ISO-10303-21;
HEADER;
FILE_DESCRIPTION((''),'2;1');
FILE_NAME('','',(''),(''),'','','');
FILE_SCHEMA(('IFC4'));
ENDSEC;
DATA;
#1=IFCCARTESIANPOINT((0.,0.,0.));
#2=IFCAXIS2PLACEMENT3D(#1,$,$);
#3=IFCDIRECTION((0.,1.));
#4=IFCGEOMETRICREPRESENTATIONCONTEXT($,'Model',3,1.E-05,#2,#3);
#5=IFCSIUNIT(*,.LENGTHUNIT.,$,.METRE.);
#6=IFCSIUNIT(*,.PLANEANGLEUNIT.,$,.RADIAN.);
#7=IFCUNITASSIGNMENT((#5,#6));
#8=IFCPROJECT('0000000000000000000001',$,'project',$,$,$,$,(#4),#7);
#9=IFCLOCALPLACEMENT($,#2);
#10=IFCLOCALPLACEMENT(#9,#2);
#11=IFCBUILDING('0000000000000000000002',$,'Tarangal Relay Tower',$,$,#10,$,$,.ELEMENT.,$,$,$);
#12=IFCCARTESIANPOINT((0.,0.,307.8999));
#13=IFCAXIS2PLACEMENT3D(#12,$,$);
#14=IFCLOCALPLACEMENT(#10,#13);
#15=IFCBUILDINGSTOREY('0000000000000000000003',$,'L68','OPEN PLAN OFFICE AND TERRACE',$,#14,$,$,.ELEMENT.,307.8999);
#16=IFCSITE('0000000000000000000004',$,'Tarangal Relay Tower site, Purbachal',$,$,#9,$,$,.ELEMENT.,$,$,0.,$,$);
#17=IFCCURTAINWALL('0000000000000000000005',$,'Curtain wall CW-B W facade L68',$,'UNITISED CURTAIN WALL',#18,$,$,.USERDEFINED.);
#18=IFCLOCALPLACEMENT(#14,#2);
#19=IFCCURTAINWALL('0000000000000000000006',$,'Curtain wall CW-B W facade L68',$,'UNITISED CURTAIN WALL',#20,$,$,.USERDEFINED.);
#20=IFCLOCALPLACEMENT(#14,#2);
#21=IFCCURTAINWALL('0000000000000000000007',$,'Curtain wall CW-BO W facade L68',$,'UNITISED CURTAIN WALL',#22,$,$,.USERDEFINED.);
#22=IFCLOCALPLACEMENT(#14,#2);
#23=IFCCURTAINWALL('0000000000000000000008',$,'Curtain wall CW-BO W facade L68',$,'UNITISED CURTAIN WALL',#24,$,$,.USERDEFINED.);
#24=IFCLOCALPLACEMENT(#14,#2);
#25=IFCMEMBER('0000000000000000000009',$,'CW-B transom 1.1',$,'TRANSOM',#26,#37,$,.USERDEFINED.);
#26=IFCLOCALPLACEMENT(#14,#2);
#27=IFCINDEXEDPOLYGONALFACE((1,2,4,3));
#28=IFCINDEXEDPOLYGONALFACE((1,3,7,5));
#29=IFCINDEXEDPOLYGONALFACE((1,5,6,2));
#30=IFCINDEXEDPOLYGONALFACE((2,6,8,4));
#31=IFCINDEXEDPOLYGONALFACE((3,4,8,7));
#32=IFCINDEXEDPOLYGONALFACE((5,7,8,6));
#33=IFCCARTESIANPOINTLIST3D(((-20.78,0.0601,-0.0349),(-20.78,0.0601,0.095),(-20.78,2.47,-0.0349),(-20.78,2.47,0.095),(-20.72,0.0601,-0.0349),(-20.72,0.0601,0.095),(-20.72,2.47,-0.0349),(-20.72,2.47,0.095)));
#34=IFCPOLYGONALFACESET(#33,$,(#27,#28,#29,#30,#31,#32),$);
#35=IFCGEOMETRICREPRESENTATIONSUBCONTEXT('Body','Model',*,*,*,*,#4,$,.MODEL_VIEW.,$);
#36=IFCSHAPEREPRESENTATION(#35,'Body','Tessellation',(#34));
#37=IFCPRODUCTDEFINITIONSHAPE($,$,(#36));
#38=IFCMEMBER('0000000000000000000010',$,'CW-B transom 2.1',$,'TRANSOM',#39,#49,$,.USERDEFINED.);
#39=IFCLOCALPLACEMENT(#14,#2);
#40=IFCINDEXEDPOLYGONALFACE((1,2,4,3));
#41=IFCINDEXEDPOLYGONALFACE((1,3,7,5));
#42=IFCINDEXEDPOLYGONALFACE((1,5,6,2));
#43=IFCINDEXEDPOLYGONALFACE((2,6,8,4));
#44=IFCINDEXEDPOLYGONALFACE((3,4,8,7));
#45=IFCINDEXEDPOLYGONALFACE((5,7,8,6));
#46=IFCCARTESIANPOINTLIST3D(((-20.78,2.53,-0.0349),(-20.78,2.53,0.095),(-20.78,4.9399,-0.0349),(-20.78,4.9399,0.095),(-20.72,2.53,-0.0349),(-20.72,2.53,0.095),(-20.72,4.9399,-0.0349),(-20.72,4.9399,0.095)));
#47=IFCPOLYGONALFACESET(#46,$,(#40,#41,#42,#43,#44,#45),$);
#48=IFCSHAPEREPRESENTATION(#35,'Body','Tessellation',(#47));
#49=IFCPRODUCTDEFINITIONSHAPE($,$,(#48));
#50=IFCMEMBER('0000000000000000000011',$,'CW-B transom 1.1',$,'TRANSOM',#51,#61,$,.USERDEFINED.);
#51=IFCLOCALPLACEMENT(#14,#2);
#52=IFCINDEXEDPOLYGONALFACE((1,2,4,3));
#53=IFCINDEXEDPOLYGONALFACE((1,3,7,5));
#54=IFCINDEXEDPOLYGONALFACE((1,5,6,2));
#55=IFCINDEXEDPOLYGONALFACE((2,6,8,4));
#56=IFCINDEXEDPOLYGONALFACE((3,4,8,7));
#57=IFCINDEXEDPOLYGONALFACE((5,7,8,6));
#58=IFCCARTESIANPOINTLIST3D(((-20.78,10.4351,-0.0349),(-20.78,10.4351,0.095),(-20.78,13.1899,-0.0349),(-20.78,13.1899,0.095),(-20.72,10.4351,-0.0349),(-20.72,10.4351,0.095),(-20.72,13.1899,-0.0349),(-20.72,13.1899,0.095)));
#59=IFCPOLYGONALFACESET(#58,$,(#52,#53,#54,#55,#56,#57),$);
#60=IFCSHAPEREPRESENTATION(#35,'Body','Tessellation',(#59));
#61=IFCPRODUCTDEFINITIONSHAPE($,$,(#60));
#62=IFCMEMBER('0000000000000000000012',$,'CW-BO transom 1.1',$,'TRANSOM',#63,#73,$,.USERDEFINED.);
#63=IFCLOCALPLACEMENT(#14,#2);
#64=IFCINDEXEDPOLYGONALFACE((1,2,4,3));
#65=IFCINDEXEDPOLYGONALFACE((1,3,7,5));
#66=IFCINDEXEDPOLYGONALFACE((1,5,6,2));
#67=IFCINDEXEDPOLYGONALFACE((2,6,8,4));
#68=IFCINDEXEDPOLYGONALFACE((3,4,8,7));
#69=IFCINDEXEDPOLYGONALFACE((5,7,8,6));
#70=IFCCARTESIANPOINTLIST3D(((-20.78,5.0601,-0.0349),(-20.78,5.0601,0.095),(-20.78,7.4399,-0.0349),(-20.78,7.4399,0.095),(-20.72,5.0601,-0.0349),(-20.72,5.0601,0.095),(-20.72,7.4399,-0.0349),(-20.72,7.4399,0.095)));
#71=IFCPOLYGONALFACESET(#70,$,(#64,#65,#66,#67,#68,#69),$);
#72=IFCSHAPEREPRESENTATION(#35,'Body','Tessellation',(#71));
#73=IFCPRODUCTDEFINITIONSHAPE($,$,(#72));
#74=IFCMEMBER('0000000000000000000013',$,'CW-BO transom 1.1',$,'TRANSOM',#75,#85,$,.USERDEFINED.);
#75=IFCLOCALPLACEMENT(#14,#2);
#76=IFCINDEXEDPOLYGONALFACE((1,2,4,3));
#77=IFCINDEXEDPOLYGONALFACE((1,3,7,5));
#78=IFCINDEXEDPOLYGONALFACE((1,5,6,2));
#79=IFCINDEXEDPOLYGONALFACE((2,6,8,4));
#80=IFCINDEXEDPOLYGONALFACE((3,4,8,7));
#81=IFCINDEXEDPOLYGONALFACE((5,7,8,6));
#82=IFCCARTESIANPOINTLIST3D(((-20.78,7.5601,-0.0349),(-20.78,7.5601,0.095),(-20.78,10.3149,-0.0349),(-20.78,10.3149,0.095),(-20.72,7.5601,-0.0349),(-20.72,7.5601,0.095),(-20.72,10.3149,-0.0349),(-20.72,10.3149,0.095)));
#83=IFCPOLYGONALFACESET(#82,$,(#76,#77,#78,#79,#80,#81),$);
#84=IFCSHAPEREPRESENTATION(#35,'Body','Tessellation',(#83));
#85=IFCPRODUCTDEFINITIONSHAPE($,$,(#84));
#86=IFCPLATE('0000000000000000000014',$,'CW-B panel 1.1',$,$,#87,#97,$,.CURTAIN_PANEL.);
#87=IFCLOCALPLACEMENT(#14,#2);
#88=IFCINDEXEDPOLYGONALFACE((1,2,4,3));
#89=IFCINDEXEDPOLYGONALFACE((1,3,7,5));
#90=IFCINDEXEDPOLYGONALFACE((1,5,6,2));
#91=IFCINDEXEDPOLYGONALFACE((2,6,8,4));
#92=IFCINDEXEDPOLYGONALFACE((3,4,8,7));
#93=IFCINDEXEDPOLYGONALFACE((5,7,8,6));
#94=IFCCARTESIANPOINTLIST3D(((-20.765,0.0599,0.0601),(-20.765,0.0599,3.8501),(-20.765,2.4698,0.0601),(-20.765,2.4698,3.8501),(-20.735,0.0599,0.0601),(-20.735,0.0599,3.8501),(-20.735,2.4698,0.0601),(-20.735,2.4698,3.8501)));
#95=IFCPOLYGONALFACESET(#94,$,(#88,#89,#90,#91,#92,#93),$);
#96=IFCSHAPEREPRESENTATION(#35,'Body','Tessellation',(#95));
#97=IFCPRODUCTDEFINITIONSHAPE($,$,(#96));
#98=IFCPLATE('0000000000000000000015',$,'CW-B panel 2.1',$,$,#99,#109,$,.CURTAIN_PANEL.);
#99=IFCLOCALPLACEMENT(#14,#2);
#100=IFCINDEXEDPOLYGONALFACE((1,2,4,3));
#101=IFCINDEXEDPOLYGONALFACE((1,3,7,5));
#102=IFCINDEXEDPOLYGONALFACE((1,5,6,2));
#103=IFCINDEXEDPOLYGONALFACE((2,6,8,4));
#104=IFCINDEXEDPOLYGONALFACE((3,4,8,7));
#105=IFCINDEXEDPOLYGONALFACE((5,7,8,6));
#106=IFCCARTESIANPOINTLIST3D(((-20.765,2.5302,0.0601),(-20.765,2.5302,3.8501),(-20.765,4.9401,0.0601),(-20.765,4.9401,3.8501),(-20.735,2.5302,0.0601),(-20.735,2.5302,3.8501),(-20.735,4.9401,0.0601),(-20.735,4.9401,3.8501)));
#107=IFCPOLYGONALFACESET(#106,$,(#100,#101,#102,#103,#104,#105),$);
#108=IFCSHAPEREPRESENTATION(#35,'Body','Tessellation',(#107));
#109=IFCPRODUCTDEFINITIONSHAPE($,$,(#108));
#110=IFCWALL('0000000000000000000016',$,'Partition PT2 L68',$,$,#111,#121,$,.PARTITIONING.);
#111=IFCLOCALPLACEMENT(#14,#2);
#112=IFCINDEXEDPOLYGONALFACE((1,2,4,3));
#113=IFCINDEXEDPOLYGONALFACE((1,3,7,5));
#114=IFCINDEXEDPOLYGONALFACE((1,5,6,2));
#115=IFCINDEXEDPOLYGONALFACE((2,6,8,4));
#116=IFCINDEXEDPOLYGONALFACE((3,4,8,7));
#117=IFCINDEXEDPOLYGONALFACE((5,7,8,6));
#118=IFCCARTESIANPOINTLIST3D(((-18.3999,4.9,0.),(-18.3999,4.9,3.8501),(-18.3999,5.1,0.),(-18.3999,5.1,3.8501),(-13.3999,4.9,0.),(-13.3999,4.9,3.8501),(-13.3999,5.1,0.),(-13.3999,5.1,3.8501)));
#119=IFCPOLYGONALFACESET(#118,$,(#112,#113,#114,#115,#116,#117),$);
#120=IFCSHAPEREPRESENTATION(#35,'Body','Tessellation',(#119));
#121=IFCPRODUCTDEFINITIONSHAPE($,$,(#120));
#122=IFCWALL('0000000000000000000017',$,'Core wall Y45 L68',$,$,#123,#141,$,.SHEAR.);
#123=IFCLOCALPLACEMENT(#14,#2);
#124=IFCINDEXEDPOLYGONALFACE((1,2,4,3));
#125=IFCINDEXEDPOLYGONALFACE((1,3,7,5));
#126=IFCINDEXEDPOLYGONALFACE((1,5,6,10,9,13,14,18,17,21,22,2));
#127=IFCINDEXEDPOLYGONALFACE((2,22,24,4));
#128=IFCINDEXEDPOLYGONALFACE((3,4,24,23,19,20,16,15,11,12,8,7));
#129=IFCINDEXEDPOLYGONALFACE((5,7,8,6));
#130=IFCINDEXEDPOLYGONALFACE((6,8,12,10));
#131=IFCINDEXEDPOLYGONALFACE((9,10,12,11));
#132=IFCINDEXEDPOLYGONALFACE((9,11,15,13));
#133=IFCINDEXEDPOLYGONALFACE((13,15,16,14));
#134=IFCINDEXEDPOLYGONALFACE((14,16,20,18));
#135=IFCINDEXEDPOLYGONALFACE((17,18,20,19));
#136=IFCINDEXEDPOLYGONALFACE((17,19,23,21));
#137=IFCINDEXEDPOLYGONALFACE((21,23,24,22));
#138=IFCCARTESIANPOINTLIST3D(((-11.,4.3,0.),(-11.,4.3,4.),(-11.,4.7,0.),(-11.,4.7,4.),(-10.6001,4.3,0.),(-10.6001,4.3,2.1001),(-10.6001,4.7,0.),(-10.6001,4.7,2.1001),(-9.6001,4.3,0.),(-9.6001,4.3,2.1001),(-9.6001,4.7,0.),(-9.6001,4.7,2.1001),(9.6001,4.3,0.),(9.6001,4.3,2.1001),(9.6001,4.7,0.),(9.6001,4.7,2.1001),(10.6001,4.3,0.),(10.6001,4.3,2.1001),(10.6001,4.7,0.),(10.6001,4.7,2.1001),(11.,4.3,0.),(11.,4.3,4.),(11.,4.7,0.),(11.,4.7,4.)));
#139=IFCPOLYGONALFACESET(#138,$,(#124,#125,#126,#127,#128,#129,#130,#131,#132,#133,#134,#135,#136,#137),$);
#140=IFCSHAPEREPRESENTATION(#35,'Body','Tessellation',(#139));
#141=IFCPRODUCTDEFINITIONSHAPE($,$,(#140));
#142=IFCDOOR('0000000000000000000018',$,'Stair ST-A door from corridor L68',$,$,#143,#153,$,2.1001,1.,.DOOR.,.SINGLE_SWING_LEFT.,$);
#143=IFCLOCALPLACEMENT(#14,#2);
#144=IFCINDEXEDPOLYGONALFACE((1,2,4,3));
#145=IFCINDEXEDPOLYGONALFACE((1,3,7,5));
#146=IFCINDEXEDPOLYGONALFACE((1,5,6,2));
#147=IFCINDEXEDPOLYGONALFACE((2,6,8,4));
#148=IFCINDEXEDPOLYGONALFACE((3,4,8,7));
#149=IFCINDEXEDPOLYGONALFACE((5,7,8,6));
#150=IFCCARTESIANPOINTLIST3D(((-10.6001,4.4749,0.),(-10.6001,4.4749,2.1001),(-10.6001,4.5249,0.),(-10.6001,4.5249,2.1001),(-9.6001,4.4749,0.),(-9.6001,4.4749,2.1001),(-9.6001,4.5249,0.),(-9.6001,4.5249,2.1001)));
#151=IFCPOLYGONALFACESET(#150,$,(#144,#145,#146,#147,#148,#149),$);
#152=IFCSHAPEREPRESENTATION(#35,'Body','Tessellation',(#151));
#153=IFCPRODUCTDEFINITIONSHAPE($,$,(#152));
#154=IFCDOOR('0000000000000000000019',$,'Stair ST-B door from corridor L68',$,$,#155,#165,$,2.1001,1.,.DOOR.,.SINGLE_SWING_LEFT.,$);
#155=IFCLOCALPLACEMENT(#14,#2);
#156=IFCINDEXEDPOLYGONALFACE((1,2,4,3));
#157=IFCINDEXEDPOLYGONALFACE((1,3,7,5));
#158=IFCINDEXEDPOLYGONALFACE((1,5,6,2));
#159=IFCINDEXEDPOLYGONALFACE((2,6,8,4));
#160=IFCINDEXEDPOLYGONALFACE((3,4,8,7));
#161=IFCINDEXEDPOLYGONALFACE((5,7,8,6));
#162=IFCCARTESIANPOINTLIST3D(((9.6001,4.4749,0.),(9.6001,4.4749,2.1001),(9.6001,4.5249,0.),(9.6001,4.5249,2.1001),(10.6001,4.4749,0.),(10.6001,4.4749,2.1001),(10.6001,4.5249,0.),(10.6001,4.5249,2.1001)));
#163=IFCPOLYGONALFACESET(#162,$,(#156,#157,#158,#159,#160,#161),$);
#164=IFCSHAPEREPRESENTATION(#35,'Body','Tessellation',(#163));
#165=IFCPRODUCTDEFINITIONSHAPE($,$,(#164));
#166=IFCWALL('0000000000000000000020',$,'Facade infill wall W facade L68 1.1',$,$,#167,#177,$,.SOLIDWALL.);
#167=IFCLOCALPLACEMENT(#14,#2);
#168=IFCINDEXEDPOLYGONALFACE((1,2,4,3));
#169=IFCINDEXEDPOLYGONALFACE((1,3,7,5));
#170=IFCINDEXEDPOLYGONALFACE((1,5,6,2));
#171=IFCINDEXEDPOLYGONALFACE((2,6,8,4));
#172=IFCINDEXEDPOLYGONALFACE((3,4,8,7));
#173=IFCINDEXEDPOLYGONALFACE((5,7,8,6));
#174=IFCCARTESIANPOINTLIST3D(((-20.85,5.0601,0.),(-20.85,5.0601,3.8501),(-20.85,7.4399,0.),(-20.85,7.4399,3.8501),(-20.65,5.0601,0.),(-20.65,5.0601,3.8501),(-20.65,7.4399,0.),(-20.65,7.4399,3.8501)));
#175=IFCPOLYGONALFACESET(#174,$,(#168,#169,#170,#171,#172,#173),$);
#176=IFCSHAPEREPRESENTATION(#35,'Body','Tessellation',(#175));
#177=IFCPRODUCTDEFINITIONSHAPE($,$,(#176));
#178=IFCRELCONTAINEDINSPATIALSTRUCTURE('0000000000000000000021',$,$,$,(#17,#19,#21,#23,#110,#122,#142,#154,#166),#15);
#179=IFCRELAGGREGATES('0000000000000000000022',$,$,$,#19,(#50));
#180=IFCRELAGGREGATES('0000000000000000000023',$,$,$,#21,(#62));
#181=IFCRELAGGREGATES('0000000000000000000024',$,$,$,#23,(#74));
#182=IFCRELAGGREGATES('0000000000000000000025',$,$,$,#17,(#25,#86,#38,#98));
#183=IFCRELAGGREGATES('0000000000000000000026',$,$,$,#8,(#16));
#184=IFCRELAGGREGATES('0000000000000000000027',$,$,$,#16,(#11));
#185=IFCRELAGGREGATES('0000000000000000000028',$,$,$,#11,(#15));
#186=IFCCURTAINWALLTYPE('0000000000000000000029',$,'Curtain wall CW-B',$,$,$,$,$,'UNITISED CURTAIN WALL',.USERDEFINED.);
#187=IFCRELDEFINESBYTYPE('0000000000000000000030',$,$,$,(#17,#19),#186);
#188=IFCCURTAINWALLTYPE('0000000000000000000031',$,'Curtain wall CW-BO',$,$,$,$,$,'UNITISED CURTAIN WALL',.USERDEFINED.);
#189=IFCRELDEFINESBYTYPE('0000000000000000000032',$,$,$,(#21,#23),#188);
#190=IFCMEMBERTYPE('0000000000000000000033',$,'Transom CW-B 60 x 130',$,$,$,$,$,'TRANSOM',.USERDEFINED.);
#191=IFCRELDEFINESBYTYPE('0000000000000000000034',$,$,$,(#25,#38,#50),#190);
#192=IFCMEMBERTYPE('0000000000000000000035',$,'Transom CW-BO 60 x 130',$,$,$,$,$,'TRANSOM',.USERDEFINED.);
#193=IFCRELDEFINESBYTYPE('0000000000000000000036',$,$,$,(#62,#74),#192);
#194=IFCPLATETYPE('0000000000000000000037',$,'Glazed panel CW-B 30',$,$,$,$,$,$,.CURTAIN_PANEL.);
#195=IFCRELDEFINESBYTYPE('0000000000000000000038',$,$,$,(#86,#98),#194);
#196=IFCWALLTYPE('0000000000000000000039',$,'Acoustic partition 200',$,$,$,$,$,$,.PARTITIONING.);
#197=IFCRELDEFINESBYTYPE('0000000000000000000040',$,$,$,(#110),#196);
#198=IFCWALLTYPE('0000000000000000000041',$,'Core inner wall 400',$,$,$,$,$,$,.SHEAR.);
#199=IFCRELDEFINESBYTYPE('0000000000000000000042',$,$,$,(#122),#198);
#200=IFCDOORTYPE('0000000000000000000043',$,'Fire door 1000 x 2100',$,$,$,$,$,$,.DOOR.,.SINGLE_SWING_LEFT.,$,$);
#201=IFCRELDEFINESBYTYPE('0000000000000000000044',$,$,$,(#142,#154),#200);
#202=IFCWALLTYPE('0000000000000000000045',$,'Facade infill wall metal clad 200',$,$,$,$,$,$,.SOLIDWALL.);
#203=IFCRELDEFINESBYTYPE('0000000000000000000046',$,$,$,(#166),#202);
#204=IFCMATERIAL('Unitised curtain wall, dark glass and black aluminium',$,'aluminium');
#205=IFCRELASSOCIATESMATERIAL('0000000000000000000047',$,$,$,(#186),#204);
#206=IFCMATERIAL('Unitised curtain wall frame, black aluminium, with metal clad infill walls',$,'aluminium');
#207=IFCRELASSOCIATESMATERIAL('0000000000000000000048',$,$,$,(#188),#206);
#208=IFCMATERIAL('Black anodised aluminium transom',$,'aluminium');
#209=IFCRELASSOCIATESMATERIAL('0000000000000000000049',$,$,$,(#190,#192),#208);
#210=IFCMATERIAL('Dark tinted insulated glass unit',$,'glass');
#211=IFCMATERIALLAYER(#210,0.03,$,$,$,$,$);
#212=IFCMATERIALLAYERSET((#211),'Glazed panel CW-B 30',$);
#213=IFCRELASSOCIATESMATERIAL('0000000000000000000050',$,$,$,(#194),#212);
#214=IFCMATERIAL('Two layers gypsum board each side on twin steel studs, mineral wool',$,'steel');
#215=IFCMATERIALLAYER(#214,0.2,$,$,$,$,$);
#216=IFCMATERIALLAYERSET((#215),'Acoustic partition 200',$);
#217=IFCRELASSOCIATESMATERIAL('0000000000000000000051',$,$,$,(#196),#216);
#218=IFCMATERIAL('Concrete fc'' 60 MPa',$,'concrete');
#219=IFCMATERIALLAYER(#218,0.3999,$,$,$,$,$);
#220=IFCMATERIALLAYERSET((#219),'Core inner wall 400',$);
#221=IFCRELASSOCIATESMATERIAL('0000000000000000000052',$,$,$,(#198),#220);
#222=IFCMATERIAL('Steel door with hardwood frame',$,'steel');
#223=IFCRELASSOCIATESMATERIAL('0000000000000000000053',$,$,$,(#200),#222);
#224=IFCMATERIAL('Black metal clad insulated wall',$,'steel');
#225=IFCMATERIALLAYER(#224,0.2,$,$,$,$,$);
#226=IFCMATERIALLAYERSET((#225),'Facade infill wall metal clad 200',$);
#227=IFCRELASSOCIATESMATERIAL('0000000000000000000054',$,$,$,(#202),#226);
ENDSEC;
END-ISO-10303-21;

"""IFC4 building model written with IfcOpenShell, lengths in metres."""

from ifc_helpers import new_model, si_unit, direction, frame, frame_2d, origin, origin_2d, place, context, subcontext, project, spatial, rectangle, extrude, material, layer, layer_set, material_profile, profile_set, type_object, element, fill, aggregate, save


model = new_model("IFC4")

# Units and contexts
model_context = context("Model", 3, precision=1e-05, world=origin(), true_north=direction((0.0, 1.0)))
body_context = subcontext(model_context, "Body", "Model", "MODEL_VIEW")
ifc_project = project(units=[si_unit("LENGTHUNIT", "METRE"), si_unit("PLANEANGLEUNIT", "RADIAN")], contexts=[model_context])

# Site, building, storey
site_placement = place(None, origin())
site = spatial("IfcSite", under=ifc_project, at=site_placement, Name="Tarangal Relay Tower site, Purbachal", CompositionType="ELEMENT", RefElevation=0.0)
building_placement = place(site_placement, origin())
building = spatial("IfcBuilding", under=site, at=building_placement, Name="Tarangal Relay Tower", CompositionType="ELEMENT")
storey_placement = place(building_placement, frame((0.0, 0.0, 307.8999)))
storey = spatial("IfcBuildingStorey", under=building, at=storey_placement, Name="L68", Description="OPEN PLAN OFFICE AND TERRACE", CompositionType="ELEMENT", Elevation=307.8999)

# Curtain wall
ifc_material_1 = material(Name="Unitised curtain wall, dark glass and black aluminium", Category="aluminium")
curtain_wall_type_1 = type_object("IfcCurtainWallType", Name="Curtain wall CW-B", ElementType="UNITISED CURTAIN WALL", PredefinedType="USERDEFINED", material=ifc_material_1)
curtain_wall_1_placement = place(storey_placement, origin())
curtain_wall_1 = element("IfcCurtainWall", 1, at=curtain_wall_1_placement, inside=storey, type_object=curtain_wall_type_1, Name="Curtain wall CW-B W facade L68", ObjectType="UNITISED CURTAIN WALL", PredefinedType="USERDEFINED")

# Curtain wall
curtain_wall_2_placement = place(storey_placement, origin())
curtain_wall_2 = element("IfcCurtainWall", 2, at=curtain_wall_2_placement, inside=storey, type_object=curtain_wall_type_1, Name="Curtain wall CW-B W facade L68", ObjectType="UNITISED CURTAIN WALL", PredefinedType="USERDEFINED")

# Curtain walls
ifc_material_2 = material(Name="Unitised curtain wall frame, black aluminium, with metal clad infill walls", Category="aluminium")
curtain_wall_type_2 = type_object("IfcCurtainWallType", Name="Curtain wall CW-BO", ElementType="UNITISED CURTAIN WALL", PredefinedType="USERDEFINED", material=ifc_material_2)
curtain_wall_3_placement = place(storey_placement, origin())
curtain_wall_3 = element("IfcCurtainWall", 3, at=curtain_wall_3_placement, inside=storey, type_object=curtain_wall_type_2, Name="Curtain wall CW-BO W facade L68", ObjectType="UNITISED CURTAIN WALL", PredefinedType="USERDEFINED")
curtain_wall_4_placement = place(storey_placement, origin())
curtain_wall_4 = element("IfcCurtainWall", 4, at=curtain_wall_4_placement, inside=storey, type_object=curtain_wall_type_2, Name="Curtain wall CW-BO W facade L68", ObjectType="UNITISED CURTAIN WALL", PredefinedType="USERDEFINED")

# Members
ifc_material_3 = material(Name="Black anodised aluminium transom", Category="aluminium")
ifc_material_profile_1 = material_profile(ifc_material_3, rectangle(XDim=0.0601, YDim=0.1299, at=origin_2d()), Name="CW-BT 60X130")
ifc_profile_set_1 = profile_set([ifc_material_profile_1], Name="Black anodised aluminium transom")
member_type_1 = type_object("IfcMemberType", Name="Transom CW-B 60 x 130", ElementType="TRANSOM", PredefinedType="USERDEFINED", material=ifc_profile_set_1)
member_1_placement = place(storey_placement, frame((-20.75, 0.0601, 0.03), z_axis=(0.0, 1.0, 0.0), x_axis=(-1.0, 0.0, 0.0)))
member_1 = element("IfcMember", 5, at=member_1_placement, type_object=member_type_1, Name="CW-B transom 1.1", ObjectType="TRANSOM", PredefinedType="USERDEFINED", context=body_context, shape_type="SweptSolid", body=[
    extrude(rectangle(XDim=0.0601, YDim=0.1299, at=origin_2d()), origin(), (0.0, 0.0, 1.0), 2.4099),
])
member_2_placement = place(storey_placement, frame((-20.75, 2.53, 0.03), z_axis=(0.0, 1.0, 0.0), x_axis=(-1.0, 0.0, 0.0)))
member_2 = element("IfcMember", 6, at=member_2_placement, type_object=member_type_1, Name="CW-B transom 2.1", ObjectType="TRANSOM", PredefinedType="USERDEFINED", context=body_context, shape_type="SweptSolid", body=[
    extrude(rectangle(XDim=0.0601, YDim=0.1299, at=origin_2d()), origin(), (0.0, 0.0, 1.0), 2.4099),
])
member_3_placement = place(storey_placement, frame((-20.75, 10.4351, 0.03), z_axis=(0.0, 1.0, 0.0), x_axis=(-1.0, 0.0, 0.0)))
member_3 = element("IfcMember", 7, at=member_3_placement, type_object=member_type_1, Name="CW-B transom 1.1", ObjectType="TRANSOM", PredefinedType="USERDEFINED", context=body_context, shape_type="SweptSolid", body=[
    extrude(rectangle(XDim=0.0601, YDim=0.1299, at=origin_2d()), origin(), (0.0, 0.0, 1.0), 2.7549),
])
aggregate(curtain_wall_2, [member_3])
ifc_material_profile_2 = material_profile(ifc_material_3, rectangle(XDim=0.0601, YDim=0.1299, at=origin_2d()), Name="CW-BOT 60X130")
ifc_profile_set_2 = profile_set([ifc_material_profile_2], Name="Black anodised aluminium transom")
member_type_2 = type_object("IfcMemberType", Name="Transom CW-BO 60 x 130", ElementType="TRANSOM", PredefinedType="USERDEFINED", material=ifc_profile_set_2)
member_4_placement = place(storey_placement, frame((-20.75, 5.0601, 0.03), z_axis=(0.0, 1.0, 0.0), x_axis=(-1.0, 0.0, 0.0)))
member_4 = element("IfcMember", 8, at=member_4_placement, type_object=member_type_2, Name="CW-BO transom 1.1", ObjectType="TRANSOM", PredefinedType="USERDEFINED", context=body_context, shape_type="SweptSolid", body=[
    extrude(rectangle(XDim=0.0601, YDim=0.1299, at=origin_2d()), origin(), (0.0, 0.0, 1.0), 2.3799),
])
aggregate(curtain_wall_3, [member_4])
member_5_placement = place(storey_placement, frame((-20.75, 7.5601, 0.03), z_axis=(0.0, 1.0, 0.0), x_axis=(-1.0, 0.0, 0.0)))
member_5 = element("IfcMember", 9, at=member_5_placement, type_object=member_type_2, Name="CW-BO transom 1.1", ObjectType="TRANSOM", PredefinedType="USERDEFINED", context=body_context, shape_type="SweptSolid", body=[
    extrude(rectangle(XDim=0.0601, YDim=0.1299, at=origin_2d()), origin(), (0.0, 0.0, 1.0), 2.7549),
])
aggregate(curtain_wall_4, [member_5])

# Plates
ifc_material_4 = material(Name="Dark tinted insulated glass unit", Category="glass")
ifc_layer_1 = layer(ifc_material_4, 0.03)
ifc_layer_set_1 = layer_set([ifc_layer_1], Name="Glazed panel CW-B 30")
plate_type = type_object("IfcPlateType", Name="Glazed panel CW-B 30", PredefinedType="CURTAIN_PANEL", material=ifc_layer_set_1)
plate_1_placement = place(storey_placement, frame((-20.75, 1.2649, 0.0601), z_axis=(0.0, 0.0, 1.0), x_axis=(0.0, 1.0, 0.0)))
plate_1 = element("IfcPlate", 10, at=plate_1_placement, type_object=plate_type, Name="CW-B panel 1.1", PredefinedType="CURTAIN_PANEL", context=body_context, shape_type="SweptSolid", body=[
    extrude(rectangle(XDim=2.4099, YDim=0.03, at=origin_2d()), origin(), (0.0, 0.0, 1.0), 3.79),
])
plate_2_placement = place(storey_placement, frame((-20.75, 3.7351, 0.0601), z_axis=(0.0, 0.0, 1.0), x_axis=(0.0, 1.0, 0.0)))
plate_2 = element("IfcPlate", 11, at=plate_2_placement, type_object=plate_type, Name="CW-B panel 2.1", PredefinedType="CURTAIN_PANEL", context=body_context, shape_type="SweptSolid", body=[
    extrude(rectangle(XDim=2.4099, YDim=0.03, at=origin_2d()), origin(), (0.0, 0.0, 1.0), 3.79),
])
aggregate(curtain_wall_1, [member_1, plate_1, member_2, plate_2])

# Wall
ifc_material_5 = material(Name="Two layers gypsum board each side on twin steel studs, mineral wool", Category="steel")
ifc_layer_2 = layer(ifc_material_5, 0.2)
ifc_layer_set_2 = layer_set([ifc_layer_2], Name="Acoustic partition 200")
wall_type_1 = type_object("IfcWallType", Name="Acoustic partition 200", PredefinedType="PARTITIONING", material=ifc_layer_set_2)
wall_1_placement = place(storey_placement, frame((-18.3999, 5.0, 0.0), z_axis=(0.0, 0.0, 1.0), x_axis=(1.0, 0.0, 0.0)))
element("IfcWall", 12, at=wall_1_placement, inside=storey, type_object=wall_type_1, Name="Partition PT2 L68", PredefinedType="PARTITIONING", context=body_context, shape_type="SweptSolid", body=[
    extrude(rectangle(XDim=5.0, YDim=0.2, at=frame_2d((2.5, 0.0))), origin(), (0.0, 0.0, 1.0), 3.8501),
])

# Wall, openings, doors
ifc_material_6 = material(Name="Concrete fc' 60 MPa", Category="concrete")
ifc_layer_3 = layer(ifc_material_6, 0.3999)
ifc_layer_set_3 = layer_set([ifc_layer_3], Name="Core inner wall 400")
wall_type_2 = type_object("IfcWallType", Name="Core inner wall 400", PredefinedType="SHEAR", material=ifc_layer_set_3)
wall_2_placement = place(storey_placement, frame((-11.0, 4.5, 0.0), z_axis=(0.0, 0.0, 1.0), x_axis=(1.0, 0.0, 0.0)))
wall_2 = element("IfcWall", 13, at=wall_2_placement, inside=storey, type_object=wall_type_2, Name="Core wall Y45 L68", PredefinedType="SHEAR", context=body_context, shape_type="SweptSolid", body=[
    extrude(rectangle(XDim=22.0, YDim=0.3999, at=frame_2d((11.0, 0.0))), origin(), (0.0, 0.0, 1.0), 4.0),
])
opening_1_placement = place(wall_2_placement, frame((0.3999, 0.0, 0.0)))
opening_1 = element("IfcOpeningElement", 14, at=opening_1_placement, cuts=wall_2, PredefinedType="OPENING", context=body_context, shape_type="SweptSolid", body=[
    extrude(rectangle(XDim=1.0, YDim=2.1001, at=frame_2d((0.5, 1.05))), frame((0.0, 0.21, 0.0), z_axis=(0.0, -1.0, 0.0), x_axis=(1.0, 0.0, 0.0)), (0.0, 0.0, 1.0), 0.4199),
])
opening_2_placement = place(wall_2_placement, frame((20.6001, 0.0, 0.0)))
opening_2 = element("IfcOpeningElement", 15, at=opening_2_placement, cuts=wall_2, PredefinedType="OPENING", context=body_context, shape_type="SweptSolid", body=[
    extrude(rectangle(XDim=1.0, YDim=2.1001, at=frame_2d((0.5, 1.05))), frame((0.0, 0.21, 0.0), z_axis=(0.0, -1.0, 0.0), x_axis=(1.0, 0.0, 0.0)), (0.0, 0.0, 1.0), 0.4199),
])
ifc_material_7 = material(Name="Steel door with hardwood frame", Category="steel")
door_type = type_object("IfcDoorType", Name="Fire door 1000 x 2100", OperationType="SINGLE_SWING_LEFT", PredefinedType="DOOR", material=ifc_material_7)
door_1_placement = place(opening_1_placement, origin())
door_1 = element("IfcDoor", 16, at=door_1_placement, inside=storey, type_object=door_type, Name="Stair ST-A door from corridor L68", OperationType="SINGLE_SWING_LEFT", OverallHeight=2.1001, OverallWidth=1.0, PredefinedType="DOOR", context=body_context, shape_type="SweptSolid", body=[
    extrude(rectangle(XDim=1.0, YDim=2.1001, at=frame_2d((0.5, 1.05))), frame((0.0, 0.0249, 0.0), z_axis=(0.0, -1.0, 0.0), x_axis=(1.0, 0.0, 0.0)), (0.0, 0.0, 1.0), 0.05),
])
fill(opening_1, door_1)
door_2_placement = place(opening_2_placement, origin())
door_2 = element("IfcDoor", 17, at=door_2_placement, inside=storey, type_object=door_type, Name="Stair ST-B door from corridor L68", OperationType="SINGLE_SWING_LEFT", OverallHeight=2.1001, OverallWidth=1.0, PredefinedType="DOOR", context=body_context, shape_type="SweptSolid", body=[
    extrude(rectangle(XDim=1.0, YDim=2.1001, at=frame_2d((0.5, 1.05))), frame((0.0, 0.0249, 0.0), z_axis=(0.0, -1.0, 0.0), x_axis=(1.0, 0.0, 0.0)), (0.0, 0.0, 1.0), 0.05),
])
fill(opening_2, door_2)

# Wall
ifc_material_8 = material(Name="Black metal clad insulated wall", Category="steel")
ifc_layer_4 = layer(ifc_material_8, 0.2)
ifc_layer_set_4 = layer_set([ifc_layer_4], Name="Facade infill wall metal clad 200")
wall_type_3 = type_object("IfcWallType", Name="Facade infill wall metal clad 200", PredefinedType="SOLIDWALL", material=ifc_layer_set_4)
wall_3_placement = place(storey_placement, frame((-20.75, 5.0601, 0.0), z_axis=(0.0, 0.0, 1.0), x_axis=(0.0, 1.0, 0.0)))
element("IfcWall", 18, at=wall_3_placement, inside=storey, type_object=wall_type_3, Name="Facade infill wall W facade L68 1.1", PredefinedType="SOLIDWALL", context=body_context, shape_type="SweptSolid", body=[
    extrude(rectangle(XDim=2.3799, YDim=0.2, at=frame_2d((1.1899, 0.0))), origin(), (0.0, 0.0, 1.0), 3.8501),
])

save(model, "model.ifc")
